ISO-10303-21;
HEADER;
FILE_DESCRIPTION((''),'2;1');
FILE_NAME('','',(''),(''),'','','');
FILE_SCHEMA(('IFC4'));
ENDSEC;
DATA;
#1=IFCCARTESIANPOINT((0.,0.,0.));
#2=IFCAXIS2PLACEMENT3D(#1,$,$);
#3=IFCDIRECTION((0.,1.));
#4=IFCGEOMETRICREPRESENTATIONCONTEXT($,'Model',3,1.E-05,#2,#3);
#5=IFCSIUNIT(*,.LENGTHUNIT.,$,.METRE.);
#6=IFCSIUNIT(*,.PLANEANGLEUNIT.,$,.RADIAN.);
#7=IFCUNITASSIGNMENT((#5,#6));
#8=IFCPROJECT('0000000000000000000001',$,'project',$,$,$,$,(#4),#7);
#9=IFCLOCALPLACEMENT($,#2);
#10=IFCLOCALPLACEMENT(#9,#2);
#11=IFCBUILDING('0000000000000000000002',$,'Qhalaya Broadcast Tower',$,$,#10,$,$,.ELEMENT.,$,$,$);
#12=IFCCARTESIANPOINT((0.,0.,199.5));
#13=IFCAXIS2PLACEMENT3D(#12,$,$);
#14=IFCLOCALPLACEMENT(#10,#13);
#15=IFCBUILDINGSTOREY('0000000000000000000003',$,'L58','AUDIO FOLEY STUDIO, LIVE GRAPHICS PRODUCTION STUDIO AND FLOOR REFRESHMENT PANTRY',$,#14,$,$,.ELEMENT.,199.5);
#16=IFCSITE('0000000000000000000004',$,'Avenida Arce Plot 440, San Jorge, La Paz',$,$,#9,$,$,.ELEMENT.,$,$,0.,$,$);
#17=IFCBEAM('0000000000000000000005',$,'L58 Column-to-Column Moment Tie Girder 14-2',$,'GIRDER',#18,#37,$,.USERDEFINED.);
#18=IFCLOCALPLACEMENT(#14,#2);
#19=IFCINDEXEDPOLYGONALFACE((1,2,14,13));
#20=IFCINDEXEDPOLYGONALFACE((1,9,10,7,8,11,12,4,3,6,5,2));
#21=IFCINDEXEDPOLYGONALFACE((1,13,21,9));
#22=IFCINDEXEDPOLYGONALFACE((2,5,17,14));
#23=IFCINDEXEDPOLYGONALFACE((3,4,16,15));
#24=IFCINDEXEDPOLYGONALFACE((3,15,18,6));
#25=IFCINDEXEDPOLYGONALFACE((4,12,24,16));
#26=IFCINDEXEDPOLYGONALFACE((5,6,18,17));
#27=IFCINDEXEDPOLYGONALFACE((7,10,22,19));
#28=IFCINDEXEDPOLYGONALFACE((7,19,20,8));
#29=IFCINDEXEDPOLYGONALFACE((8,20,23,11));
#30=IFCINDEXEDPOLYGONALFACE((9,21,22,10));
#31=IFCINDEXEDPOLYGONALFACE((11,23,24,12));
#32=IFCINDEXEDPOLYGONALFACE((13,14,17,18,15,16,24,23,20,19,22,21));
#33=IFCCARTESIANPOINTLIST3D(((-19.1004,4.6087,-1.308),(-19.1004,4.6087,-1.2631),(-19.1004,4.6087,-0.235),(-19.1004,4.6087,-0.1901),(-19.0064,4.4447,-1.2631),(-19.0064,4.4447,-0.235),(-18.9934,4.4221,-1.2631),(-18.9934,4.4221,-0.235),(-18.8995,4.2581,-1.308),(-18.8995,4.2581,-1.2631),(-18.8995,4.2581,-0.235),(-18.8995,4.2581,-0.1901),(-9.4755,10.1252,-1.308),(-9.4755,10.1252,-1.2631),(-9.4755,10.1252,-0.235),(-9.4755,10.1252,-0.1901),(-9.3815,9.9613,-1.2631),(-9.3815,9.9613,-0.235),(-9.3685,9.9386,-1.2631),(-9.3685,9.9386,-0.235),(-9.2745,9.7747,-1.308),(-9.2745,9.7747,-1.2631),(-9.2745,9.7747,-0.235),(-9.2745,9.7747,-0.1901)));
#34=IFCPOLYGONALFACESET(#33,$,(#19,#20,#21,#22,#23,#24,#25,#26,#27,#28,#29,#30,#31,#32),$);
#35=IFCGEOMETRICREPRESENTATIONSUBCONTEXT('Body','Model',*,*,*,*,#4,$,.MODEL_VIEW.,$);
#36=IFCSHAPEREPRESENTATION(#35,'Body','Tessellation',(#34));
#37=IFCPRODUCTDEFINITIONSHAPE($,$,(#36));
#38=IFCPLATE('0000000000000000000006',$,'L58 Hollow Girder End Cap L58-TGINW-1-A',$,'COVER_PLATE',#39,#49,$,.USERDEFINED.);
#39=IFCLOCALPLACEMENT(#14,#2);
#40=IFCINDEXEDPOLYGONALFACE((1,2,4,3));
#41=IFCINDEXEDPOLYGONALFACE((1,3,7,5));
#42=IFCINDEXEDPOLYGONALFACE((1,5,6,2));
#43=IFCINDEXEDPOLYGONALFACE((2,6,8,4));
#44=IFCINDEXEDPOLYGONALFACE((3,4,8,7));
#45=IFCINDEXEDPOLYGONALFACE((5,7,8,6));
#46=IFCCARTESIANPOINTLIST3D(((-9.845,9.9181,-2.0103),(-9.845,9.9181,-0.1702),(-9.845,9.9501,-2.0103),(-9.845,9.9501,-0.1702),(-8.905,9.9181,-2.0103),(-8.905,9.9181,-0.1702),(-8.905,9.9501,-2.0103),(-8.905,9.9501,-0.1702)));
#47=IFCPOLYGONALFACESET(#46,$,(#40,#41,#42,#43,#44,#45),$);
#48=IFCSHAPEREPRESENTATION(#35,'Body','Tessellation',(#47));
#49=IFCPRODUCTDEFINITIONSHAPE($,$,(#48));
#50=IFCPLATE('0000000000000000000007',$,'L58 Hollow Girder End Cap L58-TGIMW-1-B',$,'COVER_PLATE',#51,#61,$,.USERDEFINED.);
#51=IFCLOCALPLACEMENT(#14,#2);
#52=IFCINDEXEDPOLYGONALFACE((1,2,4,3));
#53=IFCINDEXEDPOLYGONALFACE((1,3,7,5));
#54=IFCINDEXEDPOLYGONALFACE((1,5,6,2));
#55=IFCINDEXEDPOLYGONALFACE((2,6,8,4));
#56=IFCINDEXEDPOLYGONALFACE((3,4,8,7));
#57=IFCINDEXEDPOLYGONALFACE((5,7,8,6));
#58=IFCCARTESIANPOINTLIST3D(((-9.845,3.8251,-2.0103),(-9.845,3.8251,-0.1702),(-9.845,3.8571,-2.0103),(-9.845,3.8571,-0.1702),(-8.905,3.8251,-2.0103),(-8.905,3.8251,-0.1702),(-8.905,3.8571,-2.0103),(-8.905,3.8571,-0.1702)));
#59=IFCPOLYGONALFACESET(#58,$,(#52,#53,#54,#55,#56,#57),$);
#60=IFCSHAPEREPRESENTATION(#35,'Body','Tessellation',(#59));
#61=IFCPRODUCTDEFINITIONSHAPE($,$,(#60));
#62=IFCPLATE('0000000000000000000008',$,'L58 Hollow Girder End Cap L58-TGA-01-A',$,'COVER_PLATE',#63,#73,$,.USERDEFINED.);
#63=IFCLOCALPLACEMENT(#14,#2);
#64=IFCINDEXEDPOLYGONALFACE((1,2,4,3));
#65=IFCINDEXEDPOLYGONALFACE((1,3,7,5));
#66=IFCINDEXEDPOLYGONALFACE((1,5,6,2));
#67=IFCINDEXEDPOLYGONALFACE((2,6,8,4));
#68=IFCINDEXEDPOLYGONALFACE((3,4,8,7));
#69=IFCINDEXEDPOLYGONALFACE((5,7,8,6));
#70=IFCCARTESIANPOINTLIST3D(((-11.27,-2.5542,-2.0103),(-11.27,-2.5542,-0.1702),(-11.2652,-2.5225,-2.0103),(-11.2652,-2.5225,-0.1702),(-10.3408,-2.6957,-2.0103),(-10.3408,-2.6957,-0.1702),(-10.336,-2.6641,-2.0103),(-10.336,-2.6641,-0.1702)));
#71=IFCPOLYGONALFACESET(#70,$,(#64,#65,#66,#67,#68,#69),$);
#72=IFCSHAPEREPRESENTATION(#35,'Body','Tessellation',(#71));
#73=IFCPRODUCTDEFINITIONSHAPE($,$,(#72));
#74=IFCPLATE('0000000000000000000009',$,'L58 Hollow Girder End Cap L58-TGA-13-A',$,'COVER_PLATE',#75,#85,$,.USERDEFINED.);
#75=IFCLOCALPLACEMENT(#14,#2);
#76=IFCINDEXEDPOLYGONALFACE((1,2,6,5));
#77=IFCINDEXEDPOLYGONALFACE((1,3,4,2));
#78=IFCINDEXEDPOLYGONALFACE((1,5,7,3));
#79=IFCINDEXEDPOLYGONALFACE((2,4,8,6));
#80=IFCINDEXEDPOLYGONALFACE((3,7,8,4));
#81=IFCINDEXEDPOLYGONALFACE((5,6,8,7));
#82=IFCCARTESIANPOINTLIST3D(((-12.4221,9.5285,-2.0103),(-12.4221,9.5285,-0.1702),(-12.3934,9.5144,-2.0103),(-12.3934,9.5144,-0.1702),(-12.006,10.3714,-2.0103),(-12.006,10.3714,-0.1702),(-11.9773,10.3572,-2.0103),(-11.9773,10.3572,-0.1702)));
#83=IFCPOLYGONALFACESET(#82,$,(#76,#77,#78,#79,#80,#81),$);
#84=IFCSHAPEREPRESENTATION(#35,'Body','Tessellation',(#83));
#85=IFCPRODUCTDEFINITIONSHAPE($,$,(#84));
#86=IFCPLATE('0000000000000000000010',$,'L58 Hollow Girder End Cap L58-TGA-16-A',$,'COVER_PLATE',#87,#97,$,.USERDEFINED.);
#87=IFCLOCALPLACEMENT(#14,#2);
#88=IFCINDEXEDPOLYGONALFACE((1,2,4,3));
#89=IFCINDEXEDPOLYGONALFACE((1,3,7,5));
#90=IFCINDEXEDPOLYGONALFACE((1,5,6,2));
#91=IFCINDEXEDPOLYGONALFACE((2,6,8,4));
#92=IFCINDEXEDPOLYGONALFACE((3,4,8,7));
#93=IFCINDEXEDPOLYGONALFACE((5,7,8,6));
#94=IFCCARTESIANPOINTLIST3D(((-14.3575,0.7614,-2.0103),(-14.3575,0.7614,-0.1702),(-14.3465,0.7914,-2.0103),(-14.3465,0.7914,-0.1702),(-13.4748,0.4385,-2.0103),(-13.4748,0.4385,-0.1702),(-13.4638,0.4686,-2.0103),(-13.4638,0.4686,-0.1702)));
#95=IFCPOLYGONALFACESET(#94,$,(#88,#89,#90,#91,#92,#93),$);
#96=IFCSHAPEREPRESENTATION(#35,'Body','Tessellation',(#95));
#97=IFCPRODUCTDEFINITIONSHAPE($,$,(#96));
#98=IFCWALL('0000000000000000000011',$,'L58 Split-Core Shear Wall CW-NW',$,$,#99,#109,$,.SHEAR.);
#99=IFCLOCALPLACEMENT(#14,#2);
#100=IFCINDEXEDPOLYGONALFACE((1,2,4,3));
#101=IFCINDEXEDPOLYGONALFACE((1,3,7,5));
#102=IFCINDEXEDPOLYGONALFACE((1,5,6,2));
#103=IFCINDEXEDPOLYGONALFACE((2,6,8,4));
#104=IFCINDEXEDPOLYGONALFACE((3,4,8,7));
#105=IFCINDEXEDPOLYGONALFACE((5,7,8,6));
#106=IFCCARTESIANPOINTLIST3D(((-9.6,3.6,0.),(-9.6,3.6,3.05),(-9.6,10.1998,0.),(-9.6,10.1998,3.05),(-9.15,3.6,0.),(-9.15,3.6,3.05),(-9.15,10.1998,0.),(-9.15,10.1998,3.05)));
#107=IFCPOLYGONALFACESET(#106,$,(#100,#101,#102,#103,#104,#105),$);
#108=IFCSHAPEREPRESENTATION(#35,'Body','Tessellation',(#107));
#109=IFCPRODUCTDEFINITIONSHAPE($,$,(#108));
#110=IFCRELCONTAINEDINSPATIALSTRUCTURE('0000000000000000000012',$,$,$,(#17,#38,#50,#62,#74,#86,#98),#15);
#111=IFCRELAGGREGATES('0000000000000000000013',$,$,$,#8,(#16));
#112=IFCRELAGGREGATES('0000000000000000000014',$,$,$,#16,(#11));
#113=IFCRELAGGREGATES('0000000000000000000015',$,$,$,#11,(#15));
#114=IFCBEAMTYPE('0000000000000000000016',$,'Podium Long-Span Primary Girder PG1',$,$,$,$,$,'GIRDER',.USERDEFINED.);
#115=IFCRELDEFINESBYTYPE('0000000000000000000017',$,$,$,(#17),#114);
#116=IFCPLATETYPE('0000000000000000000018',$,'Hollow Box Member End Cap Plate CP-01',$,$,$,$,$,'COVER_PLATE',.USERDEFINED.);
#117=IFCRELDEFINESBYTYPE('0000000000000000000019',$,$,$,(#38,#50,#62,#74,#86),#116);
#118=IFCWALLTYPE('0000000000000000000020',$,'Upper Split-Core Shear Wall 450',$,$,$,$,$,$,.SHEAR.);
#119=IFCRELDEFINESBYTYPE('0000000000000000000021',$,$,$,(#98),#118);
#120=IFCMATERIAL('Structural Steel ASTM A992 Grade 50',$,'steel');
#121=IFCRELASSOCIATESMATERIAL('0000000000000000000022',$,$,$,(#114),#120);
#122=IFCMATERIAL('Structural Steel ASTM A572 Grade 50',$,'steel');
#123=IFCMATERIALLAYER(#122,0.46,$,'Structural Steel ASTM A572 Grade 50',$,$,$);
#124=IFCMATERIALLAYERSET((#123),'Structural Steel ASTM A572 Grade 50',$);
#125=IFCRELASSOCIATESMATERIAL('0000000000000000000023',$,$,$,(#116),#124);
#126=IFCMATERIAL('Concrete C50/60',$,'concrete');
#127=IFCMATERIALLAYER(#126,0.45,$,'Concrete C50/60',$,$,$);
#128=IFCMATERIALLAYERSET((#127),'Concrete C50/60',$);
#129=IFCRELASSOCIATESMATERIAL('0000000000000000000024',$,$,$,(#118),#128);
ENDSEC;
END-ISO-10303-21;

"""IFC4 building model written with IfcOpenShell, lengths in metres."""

from ifc_helpers import new_model, si_unit, direction, frame, frame_2d, origin, origin_2d, place, context, subcontext, project, spatial, rectangle, i_section, extrude, material, layer, layer_set, material_profile, profile_set, type_object, element, save


model = new_model("IFC4")

# Units and contexts
model_context = context("Model", 3, precision=1e-05, world=origin(), true_north=direction((0.0, 1.0)))
body_context = subcontext(model_context, "Body", "Model", "MODEL_VIEW")
ifc_project = project(units=[si_unit("LENGTHUNIT", "METRE"), si_unit("PLANEANGLEUNIT", "RADIAN")], contexts=[model_context])

# Site, building, storey
site_placement = place(None, origin())
site = spatial("IfcSite", under=ifc_project, at=site_placement, Name="Avenida Arce Plot 440, San Jorge, La Paz", CompositionType="ELEMENT", RefElevation=0.0)
building_placement = place(site_placement, origin())
building = spatial("IfcBuilding", under=site, at=building_placement, Name="Qhalaya Broadcast Tower", CompositionType="ELEMENT")
storey_placement = place(building_placement, frame((0.0, 0.0, 199.5)))
storey = spatial("IfcBuildingStorey", under=building, at=storey_placement, Name="L58", Description="AUDIO FOLEY STUDIO, LIVE GRAPHICS PRODUCTION STUDIO AND FLOOR REFRESHMENT PANTRY", CompositionType="ELEMENT", Elevation=199.5)

# Shared definitions
ifc_material_1 = material(Name="Concrete C50/60", Category="concrete")

# Beam
ifc_material_2 = material(Name="Structural Steel ASTM A572 Grade 50", Category="steel")
ifc_material_3 = material(Name="Structural Steel ASTM A992 Grade 50", Category="steel")
ifc_material_profile_1 = material_profile(ifc_material_3, i_section(OverallWidth=0.4041, OverallDepth=1.1179, WebThickness=0.0261, FlangeThickness=0.0449, at=origin_2d()), Name="W44X335")
ifc_profile_set_1 = profile_set([ifc_material_profile_1], Name="Structural Steel ASTM A992 Grade 50")
beam_type_1 = type_object("IfcBeamType", Name="Podium Long-Span Primary Girder PG1", ElementType="GIRDER", PredefinedType="USERDEFINED", material=ifc_profile_set_1)
beam_1_placement = place(storey_placement, frame((-9.375, 9.95, -0.749), z_axis=(-0.867598, -0.497267, 0.0), x_axis=(0.497267, -0.867598, 0.0)))
element("IfcBeam", 1, at=beam_1_placement, inside=storey, type_object=beam_type_1, Name="L58 Column-to-Column Moment Tie Girder 14-2", ObjectType="GIRDER", PredefinedType="USERDEFINED", context=body_context, shape_type="SweptSolid", body=[
    extrude(i_section(OverallWidth=0.4041, OverallDepth=1.1179, WebThickness=0.0261, FlangeThickness=0.0449, at=origin_2d()), origin(), (0.0, 0.0, 1.0), 11.0938),
])

# Plates
ifc_layer_1 = layer(ifc_material_2, 0.46, Name="Structural Steel ASTM A572 Grade 50")
ifc_layer_set_1 = layer_set([ifc_layer_1], Name="Structural Steel ASTM A572 Grade 50")
plate_type = type_object("IfcPlateType", Name="Hollow Box Member End Cap Plate CP-01", ElementType="COVER_PLATE", PredefinedType="USERDEFINED", material=ifc_layer_set_1)
for number, where, z_axis, x_axis, name in (
    (2, (-9.375, 9.9341, -2.0103), (0.0, 0.0, 1.0), (-1.0, 0.0, 0.0), "L58 Hollow Girder End Cap L58-TGINW-1-A"),
    (3, (-9.375, 3.8411, -2.0103), (0.0, 0.0, 1.0), (-1.0, 0.0, 0.0), "L58 Hollow Girder End Cap L58-TGIMW-1-B"),
    (4, (-10.803, -2.6091, -2.0103), (0.0, 0.0, 1.0), (0.988594, -0.150605, 0.0), "L58 Hollow Girder End Cap L58-TGA-01-A"),
    (5, (-12.1997, 9.9429, -2.0103), (0.0, 0.0, 1.0), (-0.442664, -0.896687, 0.0), "L58 Hollow Girder End Cap L58-TGA-13-A"),
    (6, (-13.9106, 0.615, -2.0103), (0.0, 0.0, 1.0), (0.939154, -0.343496, 0.0), "L58 Hollow Girder End Cap L58-TGA-16-A"),
):
    element("IfcPlate", number, at=place(storey_placement, frame(where, z_axis=z_axis, x_axis=x_axis)), inside=storey, type_object=plate_type, Name=name, ObjectType="COVER_PLATE", PredefinedType="USERDEFINED", context=body_context, shape_type="SweptSolid", body=[
        extrude(rectangle(XDim=0.9399, YDim=0.032, at=origin_2d()), origin(), (0.0, 0.0, 1.0), 1.8401),
    ])

# Shared definitions
ifc_layer_2 = layer(ifc_material_1, 0.45, Name="Concrete C50/60")
ifc_layer_set_2 = layer_set([ifc_layer_2], Name="Concrete C50/60")
wall_type = type_object("IfcWallType", Name="Upper Split-Core Shear Wall 450", PredefinedType="SHEAR", material=ifc_layer_set_2)

# Wall
wall_1_placement = place(storey_placement, frame((-9.375, 3.6001, 0.0), z_axis=(0.0, 0.0, 1.0), x_axis=(0.0, 1.0, 0.0)))
element("IfcWall", 7, at=wall_1_placement, inside=storey, type_object=wall_type, Name="L58 Split-Core Shear Wall CW-NW", PredefinedType="SHEAR", context=body_context, shape_type="SweptSolid", body=[
    extrude(rectangle(XDim=6.5999, YDim=0.45, at=frame_2d((3.2998, 0.0))), origin(), (0.0, 0.0, 1.0), 3.05),
])

save(model, "model.ifc")
